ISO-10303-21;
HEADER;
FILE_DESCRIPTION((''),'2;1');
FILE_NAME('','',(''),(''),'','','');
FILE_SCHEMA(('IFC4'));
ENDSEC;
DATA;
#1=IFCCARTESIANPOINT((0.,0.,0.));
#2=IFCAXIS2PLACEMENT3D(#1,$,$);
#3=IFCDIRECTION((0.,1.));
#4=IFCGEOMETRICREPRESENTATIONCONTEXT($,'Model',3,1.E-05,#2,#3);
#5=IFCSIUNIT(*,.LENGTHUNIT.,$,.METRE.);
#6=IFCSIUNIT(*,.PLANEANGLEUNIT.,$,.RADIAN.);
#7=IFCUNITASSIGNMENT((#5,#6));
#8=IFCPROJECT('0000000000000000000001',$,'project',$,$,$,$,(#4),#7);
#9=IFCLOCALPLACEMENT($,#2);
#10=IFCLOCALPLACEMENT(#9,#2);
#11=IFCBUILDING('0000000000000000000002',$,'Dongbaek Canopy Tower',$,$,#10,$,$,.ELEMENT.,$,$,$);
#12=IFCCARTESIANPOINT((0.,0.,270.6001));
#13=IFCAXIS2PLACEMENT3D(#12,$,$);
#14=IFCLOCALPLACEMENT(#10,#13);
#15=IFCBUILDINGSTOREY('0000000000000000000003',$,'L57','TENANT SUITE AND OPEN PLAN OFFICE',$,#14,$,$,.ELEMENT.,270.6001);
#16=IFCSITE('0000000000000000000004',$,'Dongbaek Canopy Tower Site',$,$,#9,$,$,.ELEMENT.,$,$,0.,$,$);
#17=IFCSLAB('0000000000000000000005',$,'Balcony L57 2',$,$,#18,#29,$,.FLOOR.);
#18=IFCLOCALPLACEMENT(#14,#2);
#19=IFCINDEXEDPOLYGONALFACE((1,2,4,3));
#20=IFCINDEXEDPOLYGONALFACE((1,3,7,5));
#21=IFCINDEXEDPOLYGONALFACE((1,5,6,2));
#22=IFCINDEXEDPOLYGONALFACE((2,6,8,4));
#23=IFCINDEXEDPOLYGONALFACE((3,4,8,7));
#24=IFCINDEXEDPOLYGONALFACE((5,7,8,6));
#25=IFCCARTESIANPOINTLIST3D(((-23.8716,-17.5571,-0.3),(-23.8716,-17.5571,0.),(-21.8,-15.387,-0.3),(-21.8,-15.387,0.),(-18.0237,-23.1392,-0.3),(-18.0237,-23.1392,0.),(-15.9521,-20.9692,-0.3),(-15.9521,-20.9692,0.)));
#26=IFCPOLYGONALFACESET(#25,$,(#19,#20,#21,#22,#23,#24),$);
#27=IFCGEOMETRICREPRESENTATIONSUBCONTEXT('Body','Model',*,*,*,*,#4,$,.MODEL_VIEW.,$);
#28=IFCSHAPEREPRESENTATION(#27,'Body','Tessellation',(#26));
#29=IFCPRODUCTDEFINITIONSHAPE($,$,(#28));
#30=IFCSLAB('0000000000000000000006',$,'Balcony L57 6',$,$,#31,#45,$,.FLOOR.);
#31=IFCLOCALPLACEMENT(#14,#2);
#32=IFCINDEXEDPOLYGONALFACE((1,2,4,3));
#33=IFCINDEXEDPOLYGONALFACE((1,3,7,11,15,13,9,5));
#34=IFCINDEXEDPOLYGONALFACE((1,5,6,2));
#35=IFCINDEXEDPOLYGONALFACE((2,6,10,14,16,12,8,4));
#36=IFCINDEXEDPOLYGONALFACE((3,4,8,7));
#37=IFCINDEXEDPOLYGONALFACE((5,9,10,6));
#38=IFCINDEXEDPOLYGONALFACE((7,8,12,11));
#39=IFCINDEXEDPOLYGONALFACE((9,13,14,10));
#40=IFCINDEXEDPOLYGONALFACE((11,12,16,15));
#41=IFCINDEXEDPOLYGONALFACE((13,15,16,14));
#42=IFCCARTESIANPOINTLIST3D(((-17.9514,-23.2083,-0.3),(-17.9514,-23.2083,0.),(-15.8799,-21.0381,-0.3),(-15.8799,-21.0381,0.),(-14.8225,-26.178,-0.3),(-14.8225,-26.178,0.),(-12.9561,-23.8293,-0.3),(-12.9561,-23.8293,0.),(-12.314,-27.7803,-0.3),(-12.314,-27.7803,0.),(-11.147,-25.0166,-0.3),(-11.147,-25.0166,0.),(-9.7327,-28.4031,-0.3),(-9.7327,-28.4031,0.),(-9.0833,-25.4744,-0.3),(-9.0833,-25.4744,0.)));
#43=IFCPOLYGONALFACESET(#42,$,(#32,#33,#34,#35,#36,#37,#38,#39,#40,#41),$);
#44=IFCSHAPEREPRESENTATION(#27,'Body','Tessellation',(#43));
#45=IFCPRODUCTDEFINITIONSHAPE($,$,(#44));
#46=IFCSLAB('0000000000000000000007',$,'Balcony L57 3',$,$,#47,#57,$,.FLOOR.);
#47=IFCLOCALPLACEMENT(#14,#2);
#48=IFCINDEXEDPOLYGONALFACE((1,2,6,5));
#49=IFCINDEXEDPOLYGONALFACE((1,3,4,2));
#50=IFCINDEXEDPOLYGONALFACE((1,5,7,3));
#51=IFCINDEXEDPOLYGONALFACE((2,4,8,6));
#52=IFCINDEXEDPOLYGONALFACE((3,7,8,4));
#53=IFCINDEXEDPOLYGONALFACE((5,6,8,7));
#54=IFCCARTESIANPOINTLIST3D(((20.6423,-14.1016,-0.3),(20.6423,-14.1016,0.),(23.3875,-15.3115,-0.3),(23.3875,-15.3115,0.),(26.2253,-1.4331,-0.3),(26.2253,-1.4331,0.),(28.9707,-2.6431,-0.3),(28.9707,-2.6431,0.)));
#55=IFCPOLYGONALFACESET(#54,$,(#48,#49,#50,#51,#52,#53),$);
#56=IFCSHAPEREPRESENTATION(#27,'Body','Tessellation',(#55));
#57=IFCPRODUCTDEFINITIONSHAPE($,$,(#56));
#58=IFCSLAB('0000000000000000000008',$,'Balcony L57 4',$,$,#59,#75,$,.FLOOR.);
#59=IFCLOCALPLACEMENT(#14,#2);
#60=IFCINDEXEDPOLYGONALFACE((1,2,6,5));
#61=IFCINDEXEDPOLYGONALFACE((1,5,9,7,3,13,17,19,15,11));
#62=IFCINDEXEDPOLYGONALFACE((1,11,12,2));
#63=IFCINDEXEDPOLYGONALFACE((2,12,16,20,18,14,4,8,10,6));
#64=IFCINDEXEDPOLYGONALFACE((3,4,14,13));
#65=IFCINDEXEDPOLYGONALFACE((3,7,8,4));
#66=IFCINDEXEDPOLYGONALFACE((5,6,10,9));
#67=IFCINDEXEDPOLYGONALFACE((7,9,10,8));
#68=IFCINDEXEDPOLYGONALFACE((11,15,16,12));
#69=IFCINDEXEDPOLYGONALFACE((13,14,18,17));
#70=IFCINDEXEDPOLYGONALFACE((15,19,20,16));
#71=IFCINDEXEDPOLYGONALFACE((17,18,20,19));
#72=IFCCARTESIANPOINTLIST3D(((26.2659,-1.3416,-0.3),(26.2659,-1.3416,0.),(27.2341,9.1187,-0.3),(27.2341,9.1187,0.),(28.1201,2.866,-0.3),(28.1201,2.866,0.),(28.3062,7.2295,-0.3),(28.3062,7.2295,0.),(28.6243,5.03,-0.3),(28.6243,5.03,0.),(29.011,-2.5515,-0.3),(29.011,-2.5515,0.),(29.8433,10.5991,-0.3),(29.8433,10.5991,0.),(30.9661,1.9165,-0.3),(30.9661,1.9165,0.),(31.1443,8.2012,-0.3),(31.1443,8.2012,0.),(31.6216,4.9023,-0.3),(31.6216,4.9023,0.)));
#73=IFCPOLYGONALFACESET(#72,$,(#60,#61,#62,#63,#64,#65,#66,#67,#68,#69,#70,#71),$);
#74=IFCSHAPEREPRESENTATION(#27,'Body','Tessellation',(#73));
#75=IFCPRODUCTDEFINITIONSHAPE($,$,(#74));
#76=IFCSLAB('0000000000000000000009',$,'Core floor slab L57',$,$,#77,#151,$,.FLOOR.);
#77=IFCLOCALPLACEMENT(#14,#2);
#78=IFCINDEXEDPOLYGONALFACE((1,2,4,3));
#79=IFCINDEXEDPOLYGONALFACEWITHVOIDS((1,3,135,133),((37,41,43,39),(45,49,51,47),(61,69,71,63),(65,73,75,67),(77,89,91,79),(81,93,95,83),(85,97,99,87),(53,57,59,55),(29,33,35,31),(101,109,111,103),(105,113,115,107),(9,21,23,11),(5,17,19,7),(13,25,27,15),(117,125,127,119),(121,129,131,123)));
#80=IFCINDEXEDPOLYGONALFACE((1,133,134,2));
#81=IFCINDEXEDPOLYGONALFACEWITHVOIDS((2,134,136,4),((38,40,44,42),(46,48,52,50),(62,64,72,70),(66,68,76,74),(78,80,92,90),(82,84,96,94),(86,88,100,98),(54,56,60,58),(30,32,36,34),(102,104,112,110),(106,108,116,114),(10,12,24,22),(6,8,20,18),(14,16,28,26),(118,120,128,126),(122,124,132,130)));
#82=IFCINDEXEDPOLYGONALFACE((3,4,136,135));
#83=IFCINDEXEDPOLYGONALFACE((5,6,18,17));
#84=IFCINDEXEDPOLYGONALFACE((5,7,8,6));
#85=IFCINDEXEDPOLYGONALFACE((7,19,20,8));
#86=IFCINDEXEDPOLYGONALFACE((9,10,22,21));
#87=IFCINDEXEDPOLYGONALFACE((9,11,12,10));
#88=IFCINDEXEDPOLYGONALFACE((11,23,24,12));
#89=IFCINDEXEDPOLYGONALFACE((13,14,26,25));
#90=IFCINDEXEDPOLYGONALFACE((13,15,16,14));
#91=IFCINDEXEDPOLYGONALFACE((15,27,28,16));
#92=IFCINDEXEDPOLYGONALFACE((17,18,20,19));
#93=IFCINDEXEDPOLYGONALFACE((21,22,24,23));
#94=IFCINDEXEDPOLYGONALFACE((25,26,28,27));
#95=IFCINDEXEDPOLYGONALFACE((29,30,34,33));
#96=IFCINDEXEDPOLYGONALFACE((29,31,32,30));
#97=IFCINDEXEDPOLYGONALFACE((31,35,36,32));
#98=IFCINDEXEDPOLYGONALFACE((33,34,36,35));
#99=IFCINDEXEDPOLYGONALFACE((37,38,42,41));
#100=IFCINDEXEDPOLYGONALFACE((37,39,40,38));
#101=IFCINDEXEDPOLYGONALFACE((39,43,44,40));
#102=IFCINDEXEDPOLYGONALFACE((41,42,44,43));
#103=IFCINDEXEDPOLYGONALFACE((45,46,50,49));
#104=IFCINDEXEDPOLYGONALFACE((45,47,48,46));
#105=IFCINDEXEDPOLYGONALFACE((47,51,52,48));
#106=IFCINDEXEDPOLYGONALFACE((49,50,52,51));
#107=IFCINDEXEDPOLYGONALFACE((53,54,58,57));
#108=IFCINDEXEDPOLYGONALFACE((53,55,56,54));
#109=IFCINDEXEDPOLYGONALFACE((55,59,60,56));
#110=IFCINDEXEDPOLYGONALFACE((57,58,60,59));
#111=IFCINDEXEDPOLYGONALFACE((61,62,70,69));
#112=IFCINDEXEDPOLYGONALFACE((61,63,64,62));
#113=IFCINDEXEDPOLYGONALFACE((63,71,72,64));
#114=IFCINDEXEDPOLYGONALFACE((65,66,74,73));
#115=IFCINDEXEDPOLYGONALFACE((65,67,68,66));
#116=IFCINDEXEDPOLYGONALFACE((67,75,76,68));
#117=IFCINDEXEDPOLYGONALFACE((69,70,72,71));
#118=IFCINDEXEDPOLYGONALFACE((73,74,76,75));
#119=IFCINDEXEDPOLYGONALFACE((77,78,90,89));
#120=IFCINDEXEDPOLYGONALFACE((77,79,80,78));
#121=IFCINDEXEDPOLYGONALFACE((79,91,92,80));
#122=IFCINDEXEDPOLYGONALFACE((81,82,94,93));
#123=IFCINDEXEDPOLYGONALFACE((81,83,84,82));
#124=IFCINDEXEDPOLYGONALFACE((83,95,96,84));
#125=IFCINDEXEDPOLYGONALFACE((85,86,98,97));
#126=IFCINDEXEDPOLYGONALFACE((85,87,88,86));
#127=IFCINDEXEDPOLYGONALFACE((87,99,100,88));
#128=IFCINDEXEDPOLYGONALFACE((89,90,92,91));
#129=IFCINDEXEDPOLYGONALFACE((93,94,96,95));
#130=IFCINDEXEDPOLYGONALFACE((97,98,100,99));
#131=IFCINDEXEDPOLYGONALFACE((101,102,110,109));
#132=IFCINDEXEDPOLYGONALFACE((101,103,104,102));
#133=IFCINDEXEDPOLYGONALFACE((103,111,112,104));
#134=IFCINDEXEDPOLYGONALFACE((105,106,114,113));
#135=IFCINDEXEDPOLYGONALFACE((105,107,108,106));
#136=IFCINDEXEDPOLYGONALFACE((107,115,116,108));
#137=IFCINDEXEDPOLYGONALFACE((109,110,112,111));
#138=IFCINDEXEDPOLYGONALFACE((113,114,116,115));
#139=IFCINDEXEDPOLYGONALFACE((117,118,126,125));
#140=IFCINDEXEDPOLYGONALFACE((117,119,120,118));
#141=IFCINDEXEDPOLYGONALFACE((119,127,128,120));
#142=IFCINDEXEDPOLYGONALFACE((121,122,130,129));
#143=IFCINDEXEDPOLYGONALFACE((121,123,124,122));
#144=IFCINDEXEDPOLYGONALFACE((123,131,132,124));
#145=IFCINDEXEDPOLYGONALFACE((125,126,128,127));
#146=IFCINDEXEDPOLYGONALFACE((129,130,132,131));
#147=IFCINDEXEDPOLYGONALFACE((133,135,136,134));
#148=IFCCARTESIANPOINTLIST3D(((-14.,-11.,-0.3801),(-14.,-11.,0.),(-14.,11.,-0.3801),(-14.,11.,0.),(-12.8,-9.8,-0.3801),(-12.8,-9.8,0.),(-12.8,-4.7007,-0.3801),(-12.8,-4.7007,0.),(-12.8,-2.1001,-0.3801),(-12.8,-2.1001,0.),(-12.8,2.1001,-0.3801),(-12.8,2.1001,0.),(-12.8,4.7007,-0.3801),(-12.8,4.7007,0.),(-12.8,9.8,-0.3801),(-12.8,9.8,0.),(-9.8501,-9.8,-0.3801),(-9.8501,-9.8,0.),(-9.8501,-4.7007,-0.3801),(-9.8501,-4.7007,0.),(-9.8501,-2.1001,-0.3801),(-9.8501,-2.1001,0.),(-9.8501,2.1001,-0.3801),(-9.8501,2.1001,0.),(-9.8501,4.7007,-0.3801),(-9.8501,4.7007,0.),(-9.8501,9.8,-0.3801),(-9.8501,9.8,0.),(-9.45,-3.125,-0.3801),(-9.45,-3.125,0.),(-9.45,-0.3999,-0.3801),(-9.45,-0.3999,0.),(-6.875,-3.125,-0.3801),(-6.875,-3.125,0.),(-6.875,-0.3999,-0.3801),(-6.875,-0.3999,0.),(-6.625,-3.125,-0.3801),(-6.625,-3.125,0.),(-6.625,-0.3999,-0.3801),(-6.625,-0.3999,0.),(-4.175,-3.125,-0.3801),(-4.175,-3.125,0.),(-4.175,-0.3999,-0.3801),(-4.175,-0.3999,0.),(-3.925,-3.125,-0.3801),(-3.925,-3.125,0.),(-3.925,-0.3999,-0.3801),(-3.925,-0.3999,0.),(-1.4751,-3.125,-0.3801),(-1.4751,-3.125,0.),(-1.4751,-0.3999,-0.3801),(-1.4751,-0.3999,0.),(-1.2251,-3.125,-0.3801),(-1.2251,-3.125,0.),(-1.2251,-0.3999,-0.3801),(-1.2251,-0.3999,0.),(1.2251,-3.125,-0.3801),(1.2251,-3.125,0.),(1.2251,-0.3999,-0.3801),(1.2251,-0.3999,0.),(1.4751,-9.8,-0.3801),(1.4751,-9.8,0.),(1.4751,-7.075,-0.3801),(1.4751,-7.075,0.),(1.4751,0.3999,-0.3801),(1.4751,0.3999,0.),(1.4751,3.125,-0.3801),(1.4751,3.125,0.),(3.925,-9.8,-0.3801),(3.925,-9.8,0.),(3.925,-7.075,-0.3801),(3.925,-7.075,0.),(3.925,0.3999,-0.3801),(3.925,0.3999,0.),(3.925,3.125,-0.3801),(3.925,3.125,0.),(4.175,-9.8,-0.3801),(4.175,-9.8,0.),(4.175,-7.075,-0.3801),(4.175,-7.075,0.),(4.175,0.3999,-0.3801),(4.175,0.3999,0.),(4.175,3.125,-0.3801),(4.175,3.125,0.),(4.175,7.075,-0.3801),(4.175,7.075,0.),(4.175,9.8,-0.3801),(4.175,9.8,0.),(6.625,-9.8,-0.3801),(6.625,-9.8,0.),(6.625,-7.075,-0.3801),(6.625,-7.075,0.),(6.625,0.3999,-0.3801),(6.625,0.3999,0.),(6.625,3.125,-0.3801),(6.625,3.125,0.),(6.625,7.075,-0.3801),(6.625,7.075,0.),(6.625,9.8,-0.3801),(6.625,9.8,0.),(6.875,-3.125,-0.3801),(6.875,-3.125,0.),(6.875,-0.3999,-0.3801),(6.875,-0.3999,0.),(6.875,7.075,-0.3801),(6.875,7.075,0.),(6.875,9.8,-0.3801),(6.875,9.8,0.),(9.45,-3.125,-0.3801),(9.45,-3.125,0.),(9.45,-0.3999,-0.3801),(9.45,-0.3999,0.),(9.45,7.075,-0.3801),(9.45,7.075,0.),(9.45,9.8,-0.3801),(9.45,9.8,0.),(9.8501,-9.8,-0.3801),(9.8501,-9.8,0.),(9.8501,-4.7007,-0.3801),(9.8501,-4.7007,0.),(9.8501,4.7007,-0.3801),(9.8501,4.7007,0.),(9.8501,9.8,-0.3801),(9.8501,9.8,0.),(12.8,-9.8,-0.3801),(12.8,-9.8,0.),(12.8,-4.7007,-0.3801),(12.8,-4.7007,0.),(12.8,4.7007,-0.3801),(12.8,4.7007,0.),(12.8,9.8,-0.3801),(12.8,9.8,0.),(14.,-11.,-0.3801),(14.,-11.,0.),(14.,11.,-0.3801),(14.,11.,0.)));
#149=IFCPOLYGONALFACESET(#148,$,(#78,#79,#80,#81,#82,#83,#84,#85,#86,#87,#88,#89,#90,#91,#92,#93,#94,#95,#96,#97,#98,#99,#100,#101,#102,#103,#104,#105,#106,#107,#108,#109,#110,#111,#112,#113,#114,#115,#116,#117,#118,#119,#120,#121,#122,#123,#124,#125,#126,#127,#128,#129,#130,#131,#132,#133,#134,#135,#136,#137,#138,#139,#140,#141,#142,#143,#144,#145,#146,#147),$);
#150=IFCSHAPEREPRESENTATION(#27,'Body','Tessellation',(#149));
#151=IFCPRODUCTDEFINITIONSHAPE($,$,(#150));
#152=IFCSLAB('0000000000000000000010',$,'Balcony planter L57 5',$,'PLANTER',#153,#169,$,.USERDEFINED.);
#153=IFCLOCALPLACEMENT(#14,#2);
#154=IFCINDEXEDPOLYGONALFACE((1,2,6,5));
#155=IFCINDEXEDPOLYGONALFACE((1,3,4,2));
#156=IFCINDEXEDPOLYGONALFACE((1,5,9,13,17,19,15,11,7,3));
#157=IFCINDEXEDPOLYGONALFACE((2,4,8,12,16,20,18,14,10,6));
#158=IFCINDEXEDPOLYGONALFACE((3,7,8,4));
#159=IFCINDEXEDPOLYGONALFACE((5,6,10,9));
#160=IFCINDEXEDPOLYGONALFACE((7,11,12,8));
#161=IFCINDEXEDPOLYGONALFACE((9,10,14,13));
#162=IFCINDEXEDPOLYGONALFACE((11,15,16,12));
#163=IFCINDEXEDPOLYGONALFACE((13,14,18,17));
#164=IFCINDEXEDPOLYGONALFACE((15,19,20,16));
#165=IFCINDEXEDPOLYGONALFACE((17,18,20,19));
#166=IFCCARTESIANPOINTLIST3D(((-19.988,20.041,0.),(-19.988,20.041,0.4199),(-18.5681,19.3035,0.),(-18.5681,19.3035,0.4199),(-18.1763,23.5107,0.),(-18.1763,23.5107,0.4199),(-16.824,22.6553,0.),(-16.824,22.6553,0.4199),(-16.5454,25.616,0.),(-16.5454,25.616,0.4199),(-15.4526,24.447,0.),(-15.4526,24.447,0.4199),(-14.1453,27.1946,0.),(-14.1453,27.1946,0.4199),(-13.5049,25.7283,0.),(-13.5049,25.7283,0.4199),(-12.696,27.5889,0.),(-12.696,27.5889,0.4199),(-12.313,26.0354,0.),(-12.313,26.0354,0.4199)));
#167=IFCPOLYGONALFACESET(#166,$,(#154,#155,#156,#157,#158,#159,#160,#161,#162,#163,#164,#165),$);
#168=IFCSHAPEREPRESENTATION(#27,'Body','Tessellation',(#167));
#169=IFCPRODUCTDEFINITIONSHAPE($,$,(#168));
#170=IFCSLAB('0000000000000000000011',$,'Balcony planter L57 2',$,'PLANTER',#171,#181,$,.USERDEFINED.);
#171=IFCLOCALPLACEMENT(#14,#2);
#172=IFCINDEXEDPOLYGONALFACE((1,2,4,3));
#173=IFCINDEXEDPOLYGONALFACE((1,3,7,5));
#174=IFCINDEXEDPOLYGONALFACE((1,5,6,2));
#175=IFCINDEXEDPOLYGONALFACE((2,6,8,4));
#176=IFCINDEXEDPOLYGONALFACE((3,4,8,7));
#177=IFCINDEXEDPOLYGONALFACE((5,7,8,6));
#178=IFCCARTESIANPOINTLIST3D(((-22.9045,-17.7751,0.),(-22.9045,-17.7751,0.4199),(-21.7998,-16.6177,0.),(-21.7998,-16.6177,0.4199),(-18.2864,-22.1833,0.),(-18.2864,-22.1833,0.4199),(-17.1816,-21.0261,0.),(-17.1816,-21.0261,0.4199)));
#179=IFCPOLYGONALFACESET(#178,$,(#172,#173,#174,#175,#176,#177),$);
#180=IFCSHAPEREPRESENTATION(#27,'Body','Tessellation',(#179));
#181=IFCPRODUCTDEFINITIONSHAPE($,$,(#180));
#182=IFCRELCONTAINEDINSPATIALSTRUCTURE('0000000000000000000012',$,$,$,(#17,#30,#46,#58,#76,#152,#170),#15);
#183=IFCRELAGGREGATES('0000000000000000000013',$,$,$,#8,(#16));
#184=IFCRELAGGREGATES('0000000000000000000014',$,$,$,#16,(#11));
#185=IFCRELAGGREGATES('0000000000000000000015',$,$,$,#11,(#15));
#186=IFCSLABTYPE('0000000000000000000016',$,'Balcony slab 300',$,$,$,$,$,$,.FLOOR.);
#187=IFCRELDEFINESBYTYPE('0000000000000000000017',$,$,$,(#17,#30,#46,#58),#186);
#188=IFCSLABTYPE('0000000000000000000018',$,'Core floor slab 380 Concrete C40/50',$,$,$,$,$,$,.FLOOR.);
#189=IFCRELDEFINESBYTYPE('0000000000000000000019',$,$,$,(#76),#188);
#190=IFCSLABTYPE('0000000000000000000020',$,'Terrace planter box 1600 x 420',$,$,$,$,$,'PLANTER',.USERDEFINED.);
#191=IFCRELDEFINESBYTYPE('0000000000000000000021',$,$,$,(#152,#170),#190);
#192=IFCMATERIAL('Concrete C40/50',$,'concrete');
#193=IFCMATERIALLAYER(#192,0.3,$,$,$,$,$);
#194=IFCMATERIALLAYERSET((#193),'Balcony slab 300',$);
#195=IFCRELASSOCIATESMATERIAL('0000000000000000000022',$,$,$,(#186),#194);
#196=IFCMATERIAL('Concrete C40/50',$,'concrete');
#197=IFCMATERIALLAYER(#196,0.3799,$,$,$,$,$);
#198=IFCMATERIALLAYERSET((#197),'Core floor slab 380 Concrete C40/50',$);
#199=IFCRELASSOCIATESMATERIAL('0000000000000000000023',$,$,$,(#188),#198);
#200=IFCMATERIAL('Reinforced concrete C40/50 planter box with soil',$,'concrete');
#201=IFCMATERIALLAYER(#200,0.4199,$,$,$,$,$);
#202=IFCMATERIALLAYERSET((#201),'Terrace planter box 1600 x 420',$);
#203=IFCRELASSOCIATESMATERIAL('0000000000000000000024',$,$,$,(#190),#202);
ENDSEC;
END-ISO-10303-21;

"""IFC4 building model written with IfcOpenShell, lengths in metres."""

from ifc_helpers import new_model, si_unit, direction, frame, origin, place, context, subcontext, project, spatial, polyline, outline, extrude, material, layer, layer_set, type_object, element, save


model = new_model("IFC4")

# Units and contexts
model_context = context("Model", 3, precision=1e-05, world=origin(), true_north=direction((0.0, 1.0)))
body_context = subcontext(model_context, "Body", "Model", "MODEL_VIEW")
ifc_project = project(units=[si_unit("LENGTHUNIT", "METRE"), si_unit("PLANEANGLEUNIT", "RADIAN")], contexts=[model_context])

# Site, building, storey
site_placement = place(None, origin())
site = spatial("IfcSite", under=ifc_project, at=site_placement, Name="Dongbaek Canopy Tower Site", CompositionType="ELEMENT", RefElevation=0.0)
building_placement = place(site_placement, origin())
building = spatial("IfcBuilding", under=site, at=building_placement, Name="Dongbaek Canopy Tower", CompositionType="ELEMENT")
storey_placement = place(building_placement, frame((0.0, 0.0, 270.6001)))
storey = spatial("IfcBuildingStorey", under=building, at=storey_placement, Name="L57", Description="TENANT SUITE AND OPEN PLAN OFFICE", CompositionType="ELEMENT", Elevation=270.6001)

# Slabs
ifc_material_1 = material(Name="Concrete C40/50", Category="concrete")
ifc_layer_1 = layer(ifc_material_1, 0.3)
ifc_layer_set_1 = layer_set([ifc_layer_1], Name="Balcony slab 300")
slab_type_1 = type_object("IfcSlabType", Name="Balcony slab 300", PredefinedType="FLOOR", material=ifc_layer_set_1)
slab_1_placement = place(storey_placement, frame((0.0, 0.0, -0.3)))
element("IfcSlab", 1, at=slab_1_placement, inside=storey, type_object=slab_type_1, Name="Balcony L57 2", PredefinedType="FLOOR", context=body_context, shape_type="SweptSolid", body=[
    extrude(outline(polyline([(-21.8, -15.387), (-15.9521, -20.9692), (-18.0237, -23.1392), (-23.8716, -17.5571), (-21.8, -15.387)])), origin(), (0.0, 0.0, 1.0), 0.3),
])
slab_2_placement = place(storey_placement, frame((0.0, 0.0, -0.3)))
element("IfcSlab", 2, at=slab_2_placement, inside=storey, type_object=slab_type_1, Name="Balcony L57 6", PredefinedType="FLOOR", context=body_context, shape_type="SweptSolid", body=[
    extrude(outline(polyline([(-15.8799, -21.0381), (-12.9561, -23.8293), (-11.147, -25.0166), (-9.0833, -25.4744), (-9.7327, -28.4031), (-12.314, -27.7803), (-14.8225, -26.178), (-17.9514, -23.2083), (-15.8799, -21.0381)])), origin(), (0.0, 0.0, 1.0), 0.3),
])
slab_3_placement = place(storey_placement, frame((0.0, 0.0, -0.3)))
element("IfcSlab", 3, at=slab_3_placement, inside=storey, type_object=slab_type_1, Name="Balcony L57 3", PredefinedType="FLOOR", context=body_context, shape_type="SweptSolid", body=[
    extrude(outline(polyline([(20.6423, -14.1016), (26.2253, -1.4331), (28.9707, -2.6431), (23.3875, -15.3115), (20.6423, -14.1016)])), origin(), (0.0, 0.0, 1.0), 0.3),
])
slab_4_placement = place(storey_placement, frame((0.0, 0.0, -0.3)))
element("IfcSlab", 4, at=slab_4_placement, inside=storey, type_object=slab_type_1, Name="Balcony L57 4", PredefinedType="FLOOR", context=body_context, shape_type="SweptSolid", body=[
    extrude(outline(polyline([(26.2659, -1.3416), (28.1201, 2.866), (28.6243, 5.03), (28.3062, 7.2295), (27.2341, 9.1187), (29.8433, 10.5991), (31.1443, 8.2012), (31.6216, 4.9023), (30.9661, 1.9165), (29.011, -2.5515), (26.2659, -1.3416)])), origin(), (0.0, 0.0, 1.0), 0.3),
])
ifc_material_2 = material(Name="Concrete C40/50", Category="concrete")
ifc_layer_2 = layer(ifc_material_2, 0.3799)
ifc_layer_set_2 = layer_set([ifc_layer_2], Name="Core floor slab 380 Concrete C40/50")
slab_type_2 = type_object("IfcSlabType", Name="Core floor slab 380 Concrete C40/50", PredefinedType="FLOOR", material=ifc_layer_set_2)
slab_5_placement = place(storey_placement, frame((0.0, 0.0, -0.3801)))
element("IfcSlab", 5, at=slab_5_placement, inside=storey, type_object=slab_type_2, Name="Core floor slab L57", PredefinedType="FLOOR", context=body_context, shape_type="SweptSolid", body=[
    extrude(outline(polyline([(14.0, -11.0), (14.0, 11.0), (-14.0, 11.0), (-14.0, -11.0), (14.0, -11.0)]), holes=[polyline([(-12.8, 2.1001), (-9.8501, 2.1001), (-9.8501, -2.1001), (-12.8, -2.1001), (-12.8, 2.1001)]), polyline([(6.625, 9.8), (6.625, 7.075), (4.175, 7.075), (4.175, 9.8), (6.625, 9.8)]), polyline([(9.45, 7.075), (6.875, 7.075), (6.875, 9.8), (9.45, 9.8), (9.45, 7.075)]), polyline([(1.4751, 0.3999), (1.4751, 3.125), (3.925, 3.125), (3.925, 0.3999), (1.4751, 0.3999)]), polyline([(4.175, 0.3999), (4.175, 3.125), (6.625, 3.125), (6.625, 0.3999), (4.175, 0.3999)]), polyline([(-9.45, -0.3999), (-6.875, -0.3999), (-6.875, -3.125), (-9.45, -3.125), (-9.45, -0.3999)]), polyline([(-6.625, -3.125), (-6.625, -0.3999), (-4.175, -0.3999), (-4.175, -3.125), (-6.625, -3.125)]), polyline([(-3.925, -3.125), (-3.925, -0.3999), (-1.4751, -0.3999), (-1.4751, -3.125), (-3.925, -3.125)]), polyline([(-1.2251, -3.125), (-1.2251, -0.3999), (1.2251, -0.3999), (1.2251, -3.125), (-1.2251, -3.125)]), polyline([(9.45, -3.125), (6.875, -3.125), (6.875, -0.3999), (9.45, -0.3999), (9.45, -3.125)]), polyline([(1.4751, -9.8), (1.4751, -7.075), (3.925, -7.075), (3.925, -9.8), (1.4751, -9.8)]), polyline([(4.175, -9.8), (4.175, -7.075), (6.625, -7.075), (6.625, -9.8), (4.175, -9.8)]), polyline([(12.8, 4.7007), (12.8, 9.8), (9.8501, 9.8), (9.8501, 4.7007), (12.8, 4.7007)]), polyline([(-9.8501, 4.7007), (-9.8501, 9.8), (-12.8, 9.8), (-12.8, 4.7007), (-9.8501, 4.7007)]), polyline([(9.8501, -4.7007), (9.8501, -9.8), (12.8, -9.8), (12.8, -4.7007), (9.8501, -4.7007)]), polyline([(-12.8, -4.7007), (-12.8, -9.8), (-9.8501, -9.8), (-9.8501, -4.7007), (-12.8, -4.7007)])]), origin(), (0.0, 0.0, 1.0), 0.3801),
])
ifc_material_3 = material(Name="Reinforced concrete C40/50 planter box with soil", Category="concrete")
ifc_layer_3 = layer(ifc_material_3, 0.4199)
ifc_layer_set_3 = layer_set([ifc_layer_3], Name="Terrace planter box 1600 x 420")
slab_type_3 = type_object("IfcSlabType", Name="Terrace planter box 1600 x 420", ElementType="PLANTER", PredefinedType="USERDEFINED", material=ifc_layer_set_3)
slab_6_placement = place(storey_placement, origin())
element("IfcSlab", 6, at=slab_6_placement, inside=storey, type_object=slab_type_3, Name="Balcony planter L57 5", ObjectType="PLANTER", PredefinedType="USERDEFINED", context=body_context, shape_type="SweptSolid", body=[
    extrude(outline(polyline([(-12.313, 26.0354), (-13.5049, 25.7283), (-15.4526, 24.447), (-16.824, 22.6553), (-18.5681, 19.3035), (-19.988, 20.041), (-18.1763, 23.5107), (-16.5454, 25.616), (-14.1453, 27.1946), (-12.696, 27.5889), (-12.313, 26.0354)])), origin(), (0.0, 0.0, 1.0), 0.4199),
])
slab_7_placement = place(storey_placement, origin())
element("IfcSlab", 7, at=slab_7_placement, inside=storey, type_object=slab_type_3, Name="Balcony planter L57 2", ObjectType="PLANTER", PredefinedType="USERDEFINED", context=body_context, shape_type="SweptSolid", body=[
    extrude(outline(polyline([(-21.7998, -16.6177), (-17.1816, -21.0261), (-18.2864, -22.1833), (-22.9045, -17.7751), (-21.7998, -16.6177)])), origin(), (0.0, 0.0, 1.0), 0.4199),
])

save(model, "model.ifc")
